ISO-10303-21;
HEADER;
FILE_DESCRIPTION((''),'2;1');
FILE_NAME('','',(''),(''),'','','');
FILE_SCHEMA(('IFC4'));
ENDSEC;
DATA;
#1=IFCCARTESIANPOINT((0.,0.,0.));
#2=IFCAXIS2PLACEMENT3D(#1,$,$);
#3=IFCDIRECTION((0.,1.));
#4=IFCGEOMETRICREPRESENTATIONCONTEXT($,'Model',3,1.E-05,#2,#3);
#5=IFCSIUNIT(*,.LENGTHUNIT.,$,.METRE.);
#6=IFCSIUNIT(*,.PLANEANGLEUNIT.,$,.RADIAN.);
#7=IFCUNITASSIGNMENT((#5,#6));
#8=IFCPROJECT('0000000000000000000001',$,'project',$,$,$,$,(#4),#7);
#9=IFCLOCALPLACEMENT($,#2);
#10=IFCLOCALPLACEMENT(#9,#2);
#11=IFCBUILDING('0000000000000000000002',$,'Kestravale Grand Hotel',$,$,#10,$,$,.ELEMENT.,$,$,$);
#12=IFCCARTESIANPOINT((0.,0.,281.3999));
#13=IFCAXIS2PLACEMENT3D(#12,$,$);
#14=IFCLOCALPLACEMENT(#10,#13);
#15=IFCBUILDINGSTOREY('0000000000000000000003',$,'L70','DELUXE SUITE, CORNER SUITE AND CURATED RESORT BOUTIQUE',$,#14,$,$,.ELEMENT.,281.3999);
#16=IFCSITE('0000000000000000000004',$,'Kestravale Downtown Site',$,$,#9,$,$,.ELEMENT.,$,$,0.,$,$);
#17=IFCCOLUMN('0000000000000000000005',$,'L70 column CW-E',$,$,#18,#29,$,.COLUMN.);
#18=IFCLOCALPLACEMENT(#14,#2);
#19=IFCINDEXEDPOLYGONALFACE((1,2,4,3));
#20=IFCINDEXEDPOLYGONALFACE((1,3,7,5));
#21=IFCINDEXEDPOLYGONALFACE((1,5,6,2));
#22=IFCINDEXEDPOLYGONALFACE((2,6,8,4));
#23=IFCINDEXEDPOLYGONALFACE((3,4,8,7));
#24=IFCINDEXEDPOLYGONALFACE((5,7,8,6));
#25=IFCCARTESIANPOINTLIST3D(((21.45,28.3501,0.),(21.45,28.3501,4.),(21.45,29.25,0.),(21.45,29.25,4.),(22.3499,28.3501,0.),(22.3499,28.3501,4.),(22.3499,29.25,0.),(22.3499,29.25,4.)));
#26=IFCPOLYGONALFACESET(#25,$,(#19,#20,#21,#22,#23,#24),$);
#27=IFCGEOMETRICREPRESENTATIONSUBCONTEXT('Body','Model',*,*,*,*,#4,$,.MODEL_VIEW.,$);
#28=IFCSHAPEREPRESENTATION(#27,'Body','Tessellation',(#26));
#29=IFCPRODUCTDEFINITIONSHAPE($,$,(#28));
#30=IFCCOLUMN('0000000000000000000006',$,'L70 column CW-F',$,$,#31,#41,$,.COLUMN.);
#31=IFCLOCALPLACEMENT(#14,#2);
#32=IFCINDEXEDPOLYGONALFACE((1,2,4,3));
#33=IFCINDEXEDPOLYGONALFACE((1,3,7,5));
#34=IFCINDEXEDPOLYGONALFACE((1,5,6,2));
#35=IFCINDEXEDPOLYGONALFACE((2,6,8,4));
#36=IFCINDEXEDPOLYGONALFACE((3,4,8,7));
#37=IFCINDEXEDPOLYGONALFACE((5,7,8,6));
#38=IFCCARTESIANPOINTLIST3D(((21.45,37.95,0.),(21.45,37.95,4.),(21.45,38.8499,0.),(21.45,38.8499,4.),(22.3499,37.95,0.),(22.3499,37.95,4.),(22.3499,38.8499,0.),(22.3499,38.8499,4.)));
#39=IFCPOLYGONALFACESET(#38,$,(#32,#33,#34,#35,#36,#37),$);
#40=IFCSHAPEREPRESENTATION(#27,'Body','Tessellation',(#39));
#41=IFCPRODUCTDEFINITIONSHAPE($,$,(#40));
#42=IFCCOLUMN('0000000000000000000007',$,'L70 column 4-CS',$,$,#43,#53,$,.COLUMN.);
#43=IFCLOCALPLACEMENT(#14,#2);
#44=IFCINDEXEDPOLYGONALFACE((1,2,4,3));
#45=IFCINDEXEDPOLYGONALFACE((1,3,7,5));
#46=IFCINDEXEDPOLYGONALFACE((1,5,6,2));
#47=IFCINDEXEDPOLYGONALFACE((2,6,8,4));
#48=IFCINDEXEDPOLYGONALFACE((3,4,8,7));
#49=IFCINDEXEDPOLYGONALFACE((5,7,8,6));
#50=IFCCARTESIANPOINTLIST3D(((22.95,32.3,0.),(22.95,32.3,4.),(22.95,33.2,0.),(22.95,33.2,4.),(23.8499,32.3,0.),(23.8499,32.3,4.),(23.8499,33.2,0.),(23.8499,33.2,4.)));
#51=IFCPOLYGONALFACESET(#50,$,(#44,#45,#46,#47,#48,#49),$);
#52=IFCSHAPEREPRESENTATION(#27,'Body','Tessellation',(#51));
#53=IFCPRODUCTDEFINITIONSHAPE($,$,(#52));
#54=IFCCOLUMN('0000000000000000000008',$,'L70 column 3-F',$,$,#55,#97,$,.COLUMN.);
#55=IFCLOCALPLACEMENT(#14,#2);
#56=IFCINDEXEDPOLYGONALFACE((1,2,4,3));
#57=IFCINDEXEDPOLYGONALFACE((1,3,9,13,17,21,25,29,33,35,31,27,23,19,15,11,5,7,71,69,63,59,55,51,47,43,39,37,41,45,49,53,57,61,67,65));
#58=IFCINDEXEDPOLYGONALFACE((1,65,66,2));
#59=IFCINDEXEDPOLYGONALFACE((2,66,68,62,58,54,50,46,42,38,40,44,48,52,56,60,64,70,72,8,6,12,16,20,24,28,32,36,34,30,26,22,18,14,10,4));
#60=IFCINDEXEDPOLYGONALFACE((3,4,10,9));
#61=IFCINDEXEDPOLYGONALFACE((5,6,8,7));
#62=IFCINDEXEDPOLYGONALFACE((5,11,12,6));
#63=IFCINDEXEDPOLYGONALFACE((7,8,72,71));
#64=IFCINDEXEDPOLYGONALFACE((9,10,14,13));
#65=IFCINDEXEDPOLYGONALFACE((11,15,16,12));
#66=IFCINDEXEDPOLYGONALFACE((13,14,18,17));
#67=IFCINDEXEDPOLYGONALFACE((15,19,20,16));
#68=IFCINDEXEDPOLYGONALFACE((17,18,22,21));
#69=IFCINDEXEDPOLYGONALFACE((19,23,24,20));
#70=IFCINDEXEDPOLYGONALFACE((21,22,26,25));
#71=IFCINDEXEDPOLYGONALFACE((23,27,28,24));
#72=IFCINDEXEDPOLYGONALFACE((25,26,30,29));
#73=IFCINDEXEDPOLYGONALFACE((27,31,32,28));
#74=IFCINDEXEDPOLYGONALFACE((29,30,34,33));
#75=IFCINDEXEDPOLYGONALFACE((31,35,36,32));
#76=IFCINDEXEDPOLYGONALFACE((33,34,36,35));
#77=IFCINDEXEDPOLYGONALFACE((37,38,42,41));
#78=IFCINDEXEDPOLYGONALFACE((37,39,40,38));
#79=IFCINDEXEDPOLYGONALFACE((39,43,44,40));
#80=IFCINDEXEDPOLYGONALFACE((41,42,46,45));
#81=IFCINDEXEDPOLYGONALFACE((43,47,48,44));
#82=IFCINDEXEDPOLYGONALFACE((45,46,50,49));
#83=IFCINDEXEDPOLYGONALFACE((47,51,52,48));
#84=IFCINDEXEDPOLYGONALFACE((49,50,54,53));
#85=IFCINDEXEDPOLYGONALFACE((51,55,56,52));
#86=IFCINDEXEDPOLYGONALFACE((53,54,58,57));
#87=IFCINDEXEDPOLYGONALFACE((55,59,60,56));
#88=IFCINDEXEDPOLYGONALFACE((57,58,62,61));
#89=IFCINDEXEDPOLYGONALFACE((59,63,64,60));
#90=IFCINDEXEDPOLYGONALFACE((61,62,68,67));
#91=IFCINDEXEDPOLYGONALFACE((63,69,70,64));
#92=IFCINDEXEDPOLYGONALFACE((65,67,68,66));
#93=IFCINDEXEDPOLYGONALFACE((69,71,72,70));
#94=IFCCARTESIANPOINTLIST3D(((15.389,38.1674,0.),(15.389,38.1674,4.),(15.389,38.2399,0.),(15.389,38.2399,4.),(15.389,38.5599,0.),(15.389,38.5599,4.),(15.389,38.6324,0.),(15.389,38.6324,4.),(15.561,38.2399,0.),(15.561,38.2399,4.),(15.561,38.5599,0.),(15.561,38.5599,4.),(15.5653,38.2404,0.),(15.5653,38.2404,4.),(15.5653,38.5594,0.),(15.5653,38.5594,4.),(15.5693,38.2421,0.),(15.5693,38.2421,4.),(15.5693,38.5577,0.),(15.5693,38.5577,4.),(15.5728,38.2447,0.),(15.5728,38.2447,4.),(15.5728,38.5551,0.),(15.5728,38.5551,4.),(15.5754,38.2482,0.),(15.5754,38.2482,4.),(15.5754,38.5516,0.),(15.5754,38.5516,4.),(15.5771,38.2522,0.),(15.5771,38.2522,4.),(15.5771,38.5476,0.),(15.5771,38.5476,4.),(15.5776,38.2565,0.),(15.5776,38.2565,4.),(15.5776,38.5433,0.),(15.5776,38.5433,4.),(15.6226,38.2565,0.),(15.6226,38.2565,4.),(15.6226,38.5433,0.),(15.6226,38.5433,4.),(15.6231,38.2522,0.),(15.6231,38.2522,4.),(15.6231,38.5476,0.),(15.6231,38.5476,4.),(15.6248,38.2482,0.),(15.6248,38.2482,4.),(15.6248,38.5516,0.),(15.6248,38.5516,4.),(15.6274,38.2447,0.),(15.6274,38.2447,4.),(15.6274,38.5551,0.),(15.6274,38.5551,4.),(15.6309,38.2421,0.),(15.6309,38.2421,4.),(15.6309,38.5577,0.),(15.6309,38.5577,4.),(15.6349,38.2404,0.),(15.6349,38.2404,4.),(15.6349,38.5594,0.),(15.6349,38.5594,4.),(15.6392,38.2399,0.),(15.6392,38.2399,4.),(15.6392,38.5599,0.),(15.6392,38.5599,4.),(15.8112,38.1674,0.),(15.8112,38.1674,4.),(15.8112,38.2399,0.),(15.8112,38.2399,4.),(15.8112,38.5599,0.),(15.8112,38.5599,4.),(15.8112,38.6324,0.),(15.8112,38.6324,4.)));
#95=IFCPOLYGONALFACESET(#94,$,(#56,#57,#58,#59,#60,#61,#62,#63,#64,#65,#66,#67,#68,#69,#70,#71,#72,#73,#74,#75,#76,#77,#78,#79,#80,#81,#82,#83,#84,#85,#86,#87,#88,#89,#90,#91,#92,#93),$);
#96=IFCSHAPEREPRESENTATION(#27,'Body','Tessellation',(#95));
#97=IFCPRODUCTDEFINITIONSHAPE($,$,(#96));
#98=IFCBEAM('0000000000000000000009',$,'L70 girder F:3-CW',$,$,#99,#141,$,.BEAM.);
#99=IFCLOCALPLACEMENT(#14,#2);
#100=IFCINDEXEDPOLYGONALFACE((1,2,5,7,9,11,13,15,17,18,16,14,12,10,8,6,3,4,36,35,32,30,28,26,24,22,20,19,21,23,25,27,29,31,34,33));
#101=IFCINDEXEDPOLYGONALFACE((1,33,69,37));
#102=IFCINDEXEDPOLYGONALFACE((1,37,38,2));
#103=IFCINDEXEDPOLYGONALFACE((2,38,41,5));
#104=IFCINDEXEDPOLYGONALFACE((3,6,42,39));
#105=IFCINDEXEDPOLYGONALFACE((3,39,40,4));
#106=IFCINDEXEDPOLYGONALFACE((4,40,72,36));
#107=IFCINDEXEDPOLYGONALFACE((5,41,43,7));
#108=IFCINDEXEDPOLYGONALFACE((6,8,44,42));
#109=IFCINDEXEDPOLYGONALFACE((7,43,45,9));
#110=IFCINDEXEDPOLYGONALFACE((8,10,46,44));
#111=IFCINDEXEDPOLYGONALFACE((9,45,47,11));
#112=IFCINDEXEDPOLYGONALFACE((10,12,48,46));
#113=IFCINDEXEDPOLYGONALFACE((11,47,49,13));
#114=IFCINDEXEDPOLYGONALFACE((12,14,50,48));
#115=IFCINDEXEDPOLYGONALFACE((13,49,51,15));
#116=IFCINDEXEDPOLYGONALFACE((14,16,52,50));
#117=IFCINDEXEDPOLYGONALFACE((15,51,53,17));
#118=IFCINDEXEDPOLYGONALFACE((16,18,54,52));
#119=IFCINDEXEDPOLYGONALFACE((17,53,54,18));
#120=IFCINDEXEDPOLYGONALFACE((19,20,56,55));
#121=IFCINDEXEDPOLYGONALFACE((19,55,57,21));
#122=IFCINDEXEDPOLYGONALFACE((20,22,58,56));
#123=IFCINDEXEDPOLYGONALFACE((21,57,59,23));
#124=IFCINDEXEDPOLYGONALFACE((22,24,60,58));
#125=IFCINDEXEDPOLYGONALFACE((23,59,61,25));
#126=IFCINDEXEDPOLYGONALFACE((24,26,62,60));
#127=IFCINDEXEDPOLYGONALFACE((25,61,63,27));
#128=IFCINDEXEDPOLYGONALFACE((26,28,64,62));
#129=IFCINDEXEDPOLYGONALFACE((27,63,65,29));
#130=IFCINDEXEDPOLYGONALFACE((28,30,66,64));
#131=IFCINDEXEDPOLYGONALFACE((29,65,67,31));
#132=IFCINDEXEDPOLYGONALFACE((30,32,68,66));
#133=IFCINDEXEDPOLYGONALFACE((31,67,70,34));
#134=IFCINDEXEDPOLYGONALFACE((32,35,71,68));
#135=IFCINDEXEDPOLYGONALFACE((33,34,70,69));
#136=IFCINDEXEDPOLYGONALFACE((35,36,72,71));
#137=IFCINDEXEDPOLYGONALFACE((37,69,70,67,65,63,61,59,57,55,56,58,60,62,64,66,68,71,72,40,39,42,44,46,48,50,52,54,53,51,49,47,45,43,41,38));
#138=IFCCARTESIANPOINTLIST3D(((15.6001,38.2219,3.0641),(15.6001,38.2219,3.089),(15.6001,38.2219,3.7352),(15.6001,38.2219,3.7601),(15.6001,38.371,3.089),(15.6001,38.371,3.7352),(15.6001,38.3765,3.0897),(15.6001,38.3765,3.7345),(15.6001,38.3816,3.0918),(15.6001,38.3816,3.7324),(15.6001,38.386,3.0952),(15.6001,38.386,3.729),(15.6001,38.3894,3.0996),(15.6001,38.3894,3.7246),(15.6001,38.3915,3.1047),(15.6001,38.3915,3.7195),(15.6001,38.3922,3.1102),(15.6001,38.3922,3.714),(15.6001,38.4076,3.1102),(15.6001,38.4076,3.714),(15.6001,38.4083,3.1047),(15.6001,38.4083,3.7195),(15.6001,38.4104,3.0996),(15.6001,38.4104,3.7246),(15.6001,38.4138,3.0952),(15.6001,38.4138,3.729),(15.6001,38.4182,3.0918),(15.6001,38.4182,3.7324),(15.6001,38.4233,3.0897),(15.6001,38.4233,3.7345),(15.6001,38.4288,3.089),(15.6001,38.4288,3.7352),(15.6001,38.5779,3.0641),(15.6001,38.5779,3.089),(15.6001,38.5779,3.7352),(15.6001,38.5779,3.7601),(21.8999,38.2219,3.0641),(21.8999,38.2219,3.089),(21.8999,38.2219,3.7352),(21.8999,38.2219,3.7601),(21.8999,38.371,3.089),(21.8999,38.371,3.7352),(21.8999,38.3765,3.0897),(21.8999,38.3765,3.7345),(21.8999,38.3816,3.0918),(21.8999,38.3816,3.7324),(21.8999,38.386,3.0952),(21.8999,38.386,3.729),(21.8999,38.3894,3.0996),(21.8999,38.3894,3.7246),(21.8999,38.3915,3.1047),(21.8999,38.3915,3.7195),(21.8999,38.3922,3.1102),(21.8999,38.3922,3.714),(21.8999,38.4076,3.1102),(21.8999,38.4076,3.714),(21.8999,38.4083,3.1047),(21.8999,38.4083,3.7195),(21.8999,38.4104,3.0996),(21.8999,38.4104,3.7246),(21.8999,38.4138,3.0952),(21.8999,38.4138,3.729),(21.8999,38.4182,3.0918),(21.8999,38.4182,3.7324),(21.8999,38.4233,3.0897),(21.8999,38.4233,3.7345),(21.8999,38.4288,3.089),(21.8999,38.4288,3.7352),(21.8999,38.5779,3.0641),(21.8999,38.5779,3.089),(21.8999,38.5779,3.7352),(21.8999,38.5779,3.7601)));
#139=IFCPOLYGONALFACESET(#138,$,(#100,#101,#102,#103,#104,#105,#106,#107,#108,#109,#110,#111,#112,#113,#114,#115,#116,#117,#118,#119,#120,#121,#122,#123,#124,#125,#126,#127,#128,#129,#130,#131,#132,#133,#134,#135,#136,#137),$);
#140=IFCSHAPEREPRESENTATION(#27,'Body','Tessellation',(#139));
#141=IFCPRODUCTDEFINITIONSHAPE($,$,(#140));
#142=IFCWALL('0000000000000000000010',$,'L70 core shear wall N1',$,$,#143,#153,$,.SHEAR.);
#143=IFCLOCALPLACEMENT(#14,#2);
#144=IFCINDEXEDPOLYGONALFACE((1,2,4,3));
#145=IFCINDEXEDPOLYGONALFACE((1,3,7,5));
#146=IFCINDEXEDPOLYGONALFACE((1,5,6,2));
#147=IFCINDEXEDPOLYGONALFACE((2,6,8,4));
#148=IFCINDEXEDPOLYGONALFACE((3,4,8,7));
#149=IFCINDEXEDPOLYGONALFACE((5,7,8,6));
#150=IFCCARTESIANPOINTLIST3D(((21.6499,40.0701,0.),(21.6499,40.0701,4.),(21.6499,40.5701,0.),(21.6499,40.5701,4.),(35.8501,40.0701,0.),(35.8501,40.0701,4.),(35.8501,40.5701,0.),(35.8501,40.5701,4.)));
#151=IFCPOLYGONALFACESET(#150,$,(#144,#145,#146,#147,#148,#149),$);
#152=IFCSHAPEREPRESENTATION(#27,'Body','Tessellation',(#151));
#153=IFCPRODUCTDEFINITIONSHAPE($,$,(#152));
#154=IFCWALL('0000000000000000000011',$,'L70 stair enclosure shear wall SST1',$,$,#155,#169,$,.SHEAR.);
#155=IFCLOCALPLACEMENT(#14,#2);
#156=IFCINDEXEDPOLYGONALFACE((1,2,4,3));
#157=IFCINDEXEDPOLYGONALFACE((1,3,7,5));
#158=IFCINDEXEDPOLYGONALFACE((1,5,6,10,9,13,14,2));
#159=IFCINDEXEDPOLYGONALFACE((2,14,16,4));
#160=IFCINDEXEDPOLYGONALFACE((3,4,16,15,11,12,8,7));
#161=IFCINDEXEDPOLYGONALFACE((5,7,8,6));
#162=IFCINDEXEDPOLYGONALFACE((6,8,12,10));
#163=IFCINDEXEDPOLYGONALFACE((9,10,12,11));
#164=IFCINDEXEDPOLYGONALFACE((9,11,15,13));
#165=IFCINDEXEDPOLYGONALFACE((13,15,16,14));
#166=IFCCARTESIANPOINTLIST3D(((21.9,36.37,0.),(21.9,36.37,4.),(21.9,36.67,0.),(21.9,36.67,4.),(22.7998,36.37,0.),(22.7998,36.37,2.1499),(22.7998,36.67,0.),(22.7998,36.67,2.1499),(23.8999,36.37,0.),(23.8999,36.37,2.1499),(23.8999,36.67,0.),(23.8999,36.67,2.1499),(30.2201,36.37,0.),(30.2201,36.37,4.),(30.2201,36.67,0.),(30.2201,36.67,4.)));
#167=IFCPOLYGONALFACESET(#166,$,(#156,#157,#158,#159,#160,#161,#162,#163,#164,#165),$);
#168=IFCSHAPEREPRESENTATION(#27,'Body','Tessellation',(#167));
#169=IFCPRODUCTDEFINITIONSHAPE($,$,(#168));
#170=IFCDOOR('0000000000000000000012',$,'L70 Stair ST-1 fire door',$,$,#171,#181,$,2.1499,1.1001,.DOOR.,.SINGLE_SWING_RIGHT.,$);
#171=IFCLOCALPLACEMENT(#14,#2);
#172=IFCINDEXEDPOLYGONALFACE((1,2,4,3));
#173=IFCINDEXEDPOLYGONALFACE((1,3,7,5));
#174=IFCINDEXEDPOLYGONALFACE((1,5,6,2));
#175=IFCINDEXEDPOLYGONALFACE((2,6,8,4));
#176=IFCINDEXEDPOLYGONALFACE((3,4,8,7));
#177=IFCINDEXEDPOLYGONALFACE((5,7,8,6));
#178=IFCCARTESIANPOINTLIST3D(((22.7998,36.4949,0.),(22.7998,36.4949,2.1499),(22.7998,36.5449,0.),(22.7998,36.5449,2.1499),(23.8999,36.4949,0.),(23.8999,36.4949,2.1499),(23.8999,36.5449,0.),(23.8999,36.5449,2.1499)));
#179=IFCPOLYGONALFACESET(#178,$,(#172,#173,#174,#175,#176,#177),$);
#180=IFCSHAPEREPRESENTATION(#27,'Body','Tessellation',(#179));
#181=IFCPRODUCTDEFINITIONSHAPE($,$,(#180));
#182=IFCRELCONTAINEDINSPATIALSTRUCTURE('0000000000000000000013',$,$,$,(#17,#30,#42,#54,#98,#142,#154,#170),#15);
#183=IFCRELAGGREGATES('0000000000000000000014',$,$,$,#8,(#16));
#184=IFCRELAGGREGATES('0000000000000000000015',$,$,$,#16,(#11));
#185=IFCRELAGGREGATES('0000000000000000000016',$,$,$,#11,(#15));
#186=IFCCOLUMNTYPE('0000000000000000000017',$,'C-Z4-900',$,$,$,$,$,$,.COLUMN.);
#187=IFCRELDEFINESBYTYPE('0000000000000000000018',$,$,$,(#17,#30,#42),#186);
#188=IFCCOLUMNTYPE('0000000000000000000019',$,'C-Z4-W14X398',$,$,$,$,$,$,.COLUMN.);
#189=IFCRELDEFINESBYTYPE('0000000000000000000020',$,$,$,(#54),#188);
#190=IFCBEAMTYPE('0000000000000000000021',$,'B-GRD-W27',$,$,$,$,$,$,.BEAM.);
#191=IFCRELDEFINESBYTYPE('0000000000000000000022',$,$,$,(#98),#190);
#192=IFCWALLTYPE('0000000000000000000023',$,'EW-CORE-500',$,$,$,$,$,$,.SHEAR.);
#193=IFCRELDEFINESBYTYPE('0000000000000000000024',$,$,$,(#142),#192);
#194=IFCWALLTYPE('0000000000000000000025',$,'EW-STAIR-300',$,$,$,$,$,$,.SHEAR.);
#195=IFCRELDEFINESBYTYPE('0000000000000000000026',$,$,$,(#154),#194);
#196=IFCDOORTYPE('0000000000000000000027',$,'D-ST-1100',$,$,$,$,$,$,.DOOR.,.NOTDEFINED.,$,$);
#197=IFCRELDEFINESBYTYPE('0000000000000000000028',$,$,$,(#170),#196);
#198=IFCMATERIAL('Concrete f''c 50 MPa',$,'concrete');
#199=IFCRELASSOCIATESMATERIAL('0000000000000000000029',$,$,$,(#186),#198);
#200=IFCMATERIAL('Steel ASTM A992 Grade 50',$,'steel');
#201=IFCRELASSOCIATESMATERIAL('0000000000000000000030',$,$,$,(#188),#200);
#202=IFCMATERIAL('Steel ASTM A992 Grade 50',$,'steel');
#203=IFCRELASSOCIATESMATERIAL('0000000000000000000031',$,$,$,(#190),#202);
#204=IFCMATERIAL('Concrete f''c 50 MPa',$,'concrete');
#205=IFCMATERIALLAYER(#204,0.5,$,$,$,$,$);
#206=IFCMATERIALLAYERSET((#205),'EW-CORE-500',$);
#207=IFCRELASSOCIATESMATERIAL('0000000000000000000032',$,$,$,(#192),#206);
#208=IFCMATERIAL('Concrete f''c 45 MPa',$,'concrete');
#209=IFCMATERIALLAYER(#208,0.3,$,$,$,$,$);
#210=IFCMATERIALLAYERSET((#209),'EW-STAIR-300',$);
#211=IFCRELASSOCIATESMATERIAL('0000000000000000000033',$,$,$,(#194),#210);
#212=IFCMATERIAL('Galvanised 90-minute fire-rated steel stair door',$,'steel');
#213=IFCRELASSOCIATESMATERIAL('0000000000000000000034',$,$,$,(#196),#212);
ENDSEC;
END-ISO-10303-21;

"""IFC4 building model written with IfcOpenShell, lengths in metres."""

from ifc_helpers import new_model, si_unit, direction, frame, frame_2d, origin, origin_2d, place, context, subcontext, project, spatial, rectangle, i_section, extrude, material, layer, layer_set, material_profile, profile_set, type_object, element, fill, save


model = new_model("IFC4")

# Units and contexts
model_context = context("Model", 3, precision=1e-05, world=origin(), true_north=direction((0.0, 1.0)))
body_context = subcontext(model_context, "Body", "Model", "MODEL_VIEW")
ifc_project = project(units=[si_unit("LENGTHUNIT", "METRE"), si_unit("PLANEANGLEUNIT", "RADIAN")], contexts=[model_context])

# Site, building, storey
site_placement = place(None, origin())
site = spatial("IfcSite", under=ifc_project, at=site_placement, Name="Kestravale Downtown Site", CompositionType="ELEMENT", RefElevation=0.0)
building_placement = place(site_placement, origin())
building = spatial("IfcBuilding", under=site, at=building_placement, Name="Kestravale Grand Hotel", CompositionType="ELEMENT")
storey_placement = place(building_placement, frame((0.0, 0.0, 281.3999)))
storey = spatial("IfcBuildingStorey", under=building, at=storey_placement, Name="L70", Description="DELUXE SUITE, CORNER SUITE AND CURATED RESORT BOUTIQUE", CompositionType="ELEMENT", Elevation=281.3999)

# Columns
ifc_material_1 = material(Name="Concrete f'c 50 MPa", Category="concrete")
ifc_material_profile_1 = material_profile(ifc_material_1, rectangle(XDim=0.8999, YDim=0.8999, at=origin_2d()))
ifc_profile_set_1 = profile_set([ifc_material_profile_1], Name="Concrete f'c 50 MPa")
column_type_1 = type_object("IfcColumnType", Name="C-Z4-900", PredefinedType="COLUMN", material=ifc_profile_set_1)
for number, where, z_axis, x_axis, name in (
    (1, (21.8999, 28.8, 0.0), (0.0, 0.0, 1.0), (1.0, 0.0, 0.0), "L70 column CW-E"),
    (2, (21.8999, 38.3999, 0.0), (0.0, 0.0, 1.0), (1.0, 0.0, 0.0), "L70 column CW-F"),
    (3, (23.3999, 32.75, 0.0), (0.0, 0.0, 1.0), (1.0, 0.0, 0.0), "L70 column 4-CS"),
):
    element("IfcColumn", number, at=place(storey_placement, frame(where, z_axis=z_axis, x_axis=x_axis)), inside=storey, type_object=column_type_1, Name=name, PredefinedType="COLUMN", context=body_context, shape_type="SweptSolid", body=[
        extrude(rectangle(XDim=0.8999, YDim=0.8999, at=origin_2d()), origin(), (0.0, 0.0, 1.0), 4.0),
    ])
ifc_material_2 = material(Name="Steel ASTM A992 Grade 50", Category="steel")
ifc_material_profile_2 = material_profile(ifc_material_2, i_section(OverallWidth=0.4221, OverallDepth=0.4651, WebThickness=0.0449, FlangeThickness=0.0725, FilletRadius=0.0166, at=origin_2d()))
ifc_profile_set_2 = profile_set([ifc_material_profile_2], Name="Steel ASTM A992 Grade 50")
column_type_2 = type_object("IfcColumnType", Name="C-Z4-W14X398", PredefinedType="COLUMN", material=ifc_profile_set_2)
column_placement = place(storey_placement, frame((15.6001, 38.3999, 0.0), z_axis=(0.0, 0.0, 1.0), x_axis=(1.0, 0.0, 0.0)))
element("IfcColumn", 4, at=column_placement, inside=storey, type_object=column_type_2, Name="L70 column 3-F", PredefinedType="COLUMN", context=body_context, shape_type="SweptSolid", body=[
    extrude(i_section(OverallWidth=0.4221, OverallDepth=0.4651, WebThickness=0.0449, FlangeThickness=0.0725, FilletRadius=0.0166, at=origin_2d()), origin(), (0.0, 0.0, 1.0), 4.0),
])

# Beam
ifc_material_3 = material(Name="Steel ASTM A992 Grade 50", Category="steel")
ifc_material_profile_3 = material_profile(ifc_material_3, i_section(OverallWidth=0.356, OverallDepth=0.696, WebThickness=0.0154, FlangeThickness=0.0249, FilletRadius=0.0212, at=origin_2d()))
ifc_profile_set_3 = profile_set([ifc_material_profile_3], Name="Steel ASTM A992 Grade 50")
beam_type = type_object("IfcBeamType", Name="B-GRD-W27", PredefinedType="BEAM", material=ifc_profile_set_3)
beam_placement = place(storey_placement, frame((15.6001, 38.3999, 3.4121), z_axis=(1.0, 0.0, 0.0), x_axis=(0.0, 1.0, 0.0)))
element("IfcBeam", 5, at=beam_placement, inside=storey, type_object=beam_type, Name="L70 girder F:3-CW", PredefinedType="BEAM", context=body_context, shape_type="SweptSolid", body=[
    extrude(i_section(OverallWidth=0.356, OverallDepth=0.696, WebThickness=0.0154, FlangeThickness=0.0249, FilletRadius=0.0212, at=origin_2d()), origin(), (0.0, 0.0, 1.0), 6.2998),
])

# Wall
ifc_material_4 = material(Name="Concrete f'c 50 MPa", Category="concrete")
ifc_layer_1 = layer(ifc_material_4, 0.5)
ifc_layer_set_1 = layer_set([ifc_layer_1], Name="EW-CORE-500")
wall_type_1 = type_object("IfcWallType", Name="EW-CORE-500", PredefinedType="SHEAR", material=ifc_layer_set_1)
wall_1_placement = place(storey_placement, frame((21.6499, 40.3201, 0.0), z_axis=(0.0, 0.0, 1.0), x_axis=(1.0, 0.0, 0.0)))
element("IfcWall", 6, at=wall_1_placement, inside=storey, type_object=wall_type_1, Name="L70 core shear wall N1", PredefinedType="SHEAR", context=body_context, shape_type="SweptSolid", body=[
    extrude(rectangle(XDim=14.2002, YDim=0.5, at=frame_2d((7.1001, 0.0))), origin(), (0.0, 0.0, 1.0), 4.0),
])

# Wall, opening, door
ifc_material_5 = material(Name="Concrete f'c 45 MPa", Category="concrete")
ifc_layer_2 = layer(ifc_material_5, 0.3)
ifc_layer_set_2 = layer_set([ifc_layer_2], Name="EW-STAIR-300")
wall_type_2 = type_object("IfcWallType", Name="EW-STAIR-300", PredefinedType="SHEAR", material=ifc_layer_set_2)
wall_2_placement = place(storey_placement, frame((21.8999, 36.52, 0.0), z_axis=(0.0, 0.0, 1.0), x_axis=(1.0, 0.0, 0.0)))
wall_2 = element("IfcWall", 7, at=wall_2_placement, inside=storey, type_object=wall_type_2, Name="L70 stair enclosure shear wall SST1", PredefinedType="SHEAR", context=body_context, shape_type="SweptSolid", body=[
    extrude(rectangle(XDim=8.3201, YDim=0.3, at=frame_2d((4.1602, 0.0))), origin(), (0.0, 0.0, 1.0), 4.0),
])
opening_1_placement = place(wall_2_placement, frame((0.8999, 0.0, 0.0)))
opening_1 = element("IfcOpeningElement", 8, at=opening_1_placement, cuts=wall_2, PredefinedType="OPENING", context=body_context, shape_type="SweptSolid", body=[
    extrude(rectangle(XDim=1.1001, YDim=2.1499, at=frame_2d((0.55, 1.075))), frame((0.0, 0.1599, 0.0), z_axis=(0.0, -1.0, 0.0), x_axis=(1.0, 0.0, 0.0)), (0.0, 0.0, 1.0), 0.3201),
])
ifc_material_6 = material(Name="Galvanised 90-minute fire-rated steel stair door", Category="steel")
door_type_1 = type_object("IfcDoorType", Name="D-ST-1100", OperationType="NOTDEFINED", PredefinedType="DOOR", material=ifc_material_6)
door_1_placement = place(opening_1_placement, origin())
door_1 = element("IfcDoor", 9, at=door_1_placement, inside=storey, type_object=door_type_1, Name="L70 Stair ST-1 fire door", OperationType="SINGLE_SWING_RIGHT", OverallHeight=2.1499, OverallWidth=1.1001, PredefinedType="DOOR", context=body_context, shape_type="SweptSolid", body=[
    extrude(rectangle(XDim=1.1001, YDim=2.1499, at=frame_2d((0.55, 1.075))), frame((0.0, 0.0249, 0.0), z_axis=(0.0, -1.0, 0.0), x_axis=(1.0, 0.0, 0.0)), (0.0, 0.0, 1.0), 0.05),
])
fill(opening_1, door_1)

save(model, "model.ifc")
